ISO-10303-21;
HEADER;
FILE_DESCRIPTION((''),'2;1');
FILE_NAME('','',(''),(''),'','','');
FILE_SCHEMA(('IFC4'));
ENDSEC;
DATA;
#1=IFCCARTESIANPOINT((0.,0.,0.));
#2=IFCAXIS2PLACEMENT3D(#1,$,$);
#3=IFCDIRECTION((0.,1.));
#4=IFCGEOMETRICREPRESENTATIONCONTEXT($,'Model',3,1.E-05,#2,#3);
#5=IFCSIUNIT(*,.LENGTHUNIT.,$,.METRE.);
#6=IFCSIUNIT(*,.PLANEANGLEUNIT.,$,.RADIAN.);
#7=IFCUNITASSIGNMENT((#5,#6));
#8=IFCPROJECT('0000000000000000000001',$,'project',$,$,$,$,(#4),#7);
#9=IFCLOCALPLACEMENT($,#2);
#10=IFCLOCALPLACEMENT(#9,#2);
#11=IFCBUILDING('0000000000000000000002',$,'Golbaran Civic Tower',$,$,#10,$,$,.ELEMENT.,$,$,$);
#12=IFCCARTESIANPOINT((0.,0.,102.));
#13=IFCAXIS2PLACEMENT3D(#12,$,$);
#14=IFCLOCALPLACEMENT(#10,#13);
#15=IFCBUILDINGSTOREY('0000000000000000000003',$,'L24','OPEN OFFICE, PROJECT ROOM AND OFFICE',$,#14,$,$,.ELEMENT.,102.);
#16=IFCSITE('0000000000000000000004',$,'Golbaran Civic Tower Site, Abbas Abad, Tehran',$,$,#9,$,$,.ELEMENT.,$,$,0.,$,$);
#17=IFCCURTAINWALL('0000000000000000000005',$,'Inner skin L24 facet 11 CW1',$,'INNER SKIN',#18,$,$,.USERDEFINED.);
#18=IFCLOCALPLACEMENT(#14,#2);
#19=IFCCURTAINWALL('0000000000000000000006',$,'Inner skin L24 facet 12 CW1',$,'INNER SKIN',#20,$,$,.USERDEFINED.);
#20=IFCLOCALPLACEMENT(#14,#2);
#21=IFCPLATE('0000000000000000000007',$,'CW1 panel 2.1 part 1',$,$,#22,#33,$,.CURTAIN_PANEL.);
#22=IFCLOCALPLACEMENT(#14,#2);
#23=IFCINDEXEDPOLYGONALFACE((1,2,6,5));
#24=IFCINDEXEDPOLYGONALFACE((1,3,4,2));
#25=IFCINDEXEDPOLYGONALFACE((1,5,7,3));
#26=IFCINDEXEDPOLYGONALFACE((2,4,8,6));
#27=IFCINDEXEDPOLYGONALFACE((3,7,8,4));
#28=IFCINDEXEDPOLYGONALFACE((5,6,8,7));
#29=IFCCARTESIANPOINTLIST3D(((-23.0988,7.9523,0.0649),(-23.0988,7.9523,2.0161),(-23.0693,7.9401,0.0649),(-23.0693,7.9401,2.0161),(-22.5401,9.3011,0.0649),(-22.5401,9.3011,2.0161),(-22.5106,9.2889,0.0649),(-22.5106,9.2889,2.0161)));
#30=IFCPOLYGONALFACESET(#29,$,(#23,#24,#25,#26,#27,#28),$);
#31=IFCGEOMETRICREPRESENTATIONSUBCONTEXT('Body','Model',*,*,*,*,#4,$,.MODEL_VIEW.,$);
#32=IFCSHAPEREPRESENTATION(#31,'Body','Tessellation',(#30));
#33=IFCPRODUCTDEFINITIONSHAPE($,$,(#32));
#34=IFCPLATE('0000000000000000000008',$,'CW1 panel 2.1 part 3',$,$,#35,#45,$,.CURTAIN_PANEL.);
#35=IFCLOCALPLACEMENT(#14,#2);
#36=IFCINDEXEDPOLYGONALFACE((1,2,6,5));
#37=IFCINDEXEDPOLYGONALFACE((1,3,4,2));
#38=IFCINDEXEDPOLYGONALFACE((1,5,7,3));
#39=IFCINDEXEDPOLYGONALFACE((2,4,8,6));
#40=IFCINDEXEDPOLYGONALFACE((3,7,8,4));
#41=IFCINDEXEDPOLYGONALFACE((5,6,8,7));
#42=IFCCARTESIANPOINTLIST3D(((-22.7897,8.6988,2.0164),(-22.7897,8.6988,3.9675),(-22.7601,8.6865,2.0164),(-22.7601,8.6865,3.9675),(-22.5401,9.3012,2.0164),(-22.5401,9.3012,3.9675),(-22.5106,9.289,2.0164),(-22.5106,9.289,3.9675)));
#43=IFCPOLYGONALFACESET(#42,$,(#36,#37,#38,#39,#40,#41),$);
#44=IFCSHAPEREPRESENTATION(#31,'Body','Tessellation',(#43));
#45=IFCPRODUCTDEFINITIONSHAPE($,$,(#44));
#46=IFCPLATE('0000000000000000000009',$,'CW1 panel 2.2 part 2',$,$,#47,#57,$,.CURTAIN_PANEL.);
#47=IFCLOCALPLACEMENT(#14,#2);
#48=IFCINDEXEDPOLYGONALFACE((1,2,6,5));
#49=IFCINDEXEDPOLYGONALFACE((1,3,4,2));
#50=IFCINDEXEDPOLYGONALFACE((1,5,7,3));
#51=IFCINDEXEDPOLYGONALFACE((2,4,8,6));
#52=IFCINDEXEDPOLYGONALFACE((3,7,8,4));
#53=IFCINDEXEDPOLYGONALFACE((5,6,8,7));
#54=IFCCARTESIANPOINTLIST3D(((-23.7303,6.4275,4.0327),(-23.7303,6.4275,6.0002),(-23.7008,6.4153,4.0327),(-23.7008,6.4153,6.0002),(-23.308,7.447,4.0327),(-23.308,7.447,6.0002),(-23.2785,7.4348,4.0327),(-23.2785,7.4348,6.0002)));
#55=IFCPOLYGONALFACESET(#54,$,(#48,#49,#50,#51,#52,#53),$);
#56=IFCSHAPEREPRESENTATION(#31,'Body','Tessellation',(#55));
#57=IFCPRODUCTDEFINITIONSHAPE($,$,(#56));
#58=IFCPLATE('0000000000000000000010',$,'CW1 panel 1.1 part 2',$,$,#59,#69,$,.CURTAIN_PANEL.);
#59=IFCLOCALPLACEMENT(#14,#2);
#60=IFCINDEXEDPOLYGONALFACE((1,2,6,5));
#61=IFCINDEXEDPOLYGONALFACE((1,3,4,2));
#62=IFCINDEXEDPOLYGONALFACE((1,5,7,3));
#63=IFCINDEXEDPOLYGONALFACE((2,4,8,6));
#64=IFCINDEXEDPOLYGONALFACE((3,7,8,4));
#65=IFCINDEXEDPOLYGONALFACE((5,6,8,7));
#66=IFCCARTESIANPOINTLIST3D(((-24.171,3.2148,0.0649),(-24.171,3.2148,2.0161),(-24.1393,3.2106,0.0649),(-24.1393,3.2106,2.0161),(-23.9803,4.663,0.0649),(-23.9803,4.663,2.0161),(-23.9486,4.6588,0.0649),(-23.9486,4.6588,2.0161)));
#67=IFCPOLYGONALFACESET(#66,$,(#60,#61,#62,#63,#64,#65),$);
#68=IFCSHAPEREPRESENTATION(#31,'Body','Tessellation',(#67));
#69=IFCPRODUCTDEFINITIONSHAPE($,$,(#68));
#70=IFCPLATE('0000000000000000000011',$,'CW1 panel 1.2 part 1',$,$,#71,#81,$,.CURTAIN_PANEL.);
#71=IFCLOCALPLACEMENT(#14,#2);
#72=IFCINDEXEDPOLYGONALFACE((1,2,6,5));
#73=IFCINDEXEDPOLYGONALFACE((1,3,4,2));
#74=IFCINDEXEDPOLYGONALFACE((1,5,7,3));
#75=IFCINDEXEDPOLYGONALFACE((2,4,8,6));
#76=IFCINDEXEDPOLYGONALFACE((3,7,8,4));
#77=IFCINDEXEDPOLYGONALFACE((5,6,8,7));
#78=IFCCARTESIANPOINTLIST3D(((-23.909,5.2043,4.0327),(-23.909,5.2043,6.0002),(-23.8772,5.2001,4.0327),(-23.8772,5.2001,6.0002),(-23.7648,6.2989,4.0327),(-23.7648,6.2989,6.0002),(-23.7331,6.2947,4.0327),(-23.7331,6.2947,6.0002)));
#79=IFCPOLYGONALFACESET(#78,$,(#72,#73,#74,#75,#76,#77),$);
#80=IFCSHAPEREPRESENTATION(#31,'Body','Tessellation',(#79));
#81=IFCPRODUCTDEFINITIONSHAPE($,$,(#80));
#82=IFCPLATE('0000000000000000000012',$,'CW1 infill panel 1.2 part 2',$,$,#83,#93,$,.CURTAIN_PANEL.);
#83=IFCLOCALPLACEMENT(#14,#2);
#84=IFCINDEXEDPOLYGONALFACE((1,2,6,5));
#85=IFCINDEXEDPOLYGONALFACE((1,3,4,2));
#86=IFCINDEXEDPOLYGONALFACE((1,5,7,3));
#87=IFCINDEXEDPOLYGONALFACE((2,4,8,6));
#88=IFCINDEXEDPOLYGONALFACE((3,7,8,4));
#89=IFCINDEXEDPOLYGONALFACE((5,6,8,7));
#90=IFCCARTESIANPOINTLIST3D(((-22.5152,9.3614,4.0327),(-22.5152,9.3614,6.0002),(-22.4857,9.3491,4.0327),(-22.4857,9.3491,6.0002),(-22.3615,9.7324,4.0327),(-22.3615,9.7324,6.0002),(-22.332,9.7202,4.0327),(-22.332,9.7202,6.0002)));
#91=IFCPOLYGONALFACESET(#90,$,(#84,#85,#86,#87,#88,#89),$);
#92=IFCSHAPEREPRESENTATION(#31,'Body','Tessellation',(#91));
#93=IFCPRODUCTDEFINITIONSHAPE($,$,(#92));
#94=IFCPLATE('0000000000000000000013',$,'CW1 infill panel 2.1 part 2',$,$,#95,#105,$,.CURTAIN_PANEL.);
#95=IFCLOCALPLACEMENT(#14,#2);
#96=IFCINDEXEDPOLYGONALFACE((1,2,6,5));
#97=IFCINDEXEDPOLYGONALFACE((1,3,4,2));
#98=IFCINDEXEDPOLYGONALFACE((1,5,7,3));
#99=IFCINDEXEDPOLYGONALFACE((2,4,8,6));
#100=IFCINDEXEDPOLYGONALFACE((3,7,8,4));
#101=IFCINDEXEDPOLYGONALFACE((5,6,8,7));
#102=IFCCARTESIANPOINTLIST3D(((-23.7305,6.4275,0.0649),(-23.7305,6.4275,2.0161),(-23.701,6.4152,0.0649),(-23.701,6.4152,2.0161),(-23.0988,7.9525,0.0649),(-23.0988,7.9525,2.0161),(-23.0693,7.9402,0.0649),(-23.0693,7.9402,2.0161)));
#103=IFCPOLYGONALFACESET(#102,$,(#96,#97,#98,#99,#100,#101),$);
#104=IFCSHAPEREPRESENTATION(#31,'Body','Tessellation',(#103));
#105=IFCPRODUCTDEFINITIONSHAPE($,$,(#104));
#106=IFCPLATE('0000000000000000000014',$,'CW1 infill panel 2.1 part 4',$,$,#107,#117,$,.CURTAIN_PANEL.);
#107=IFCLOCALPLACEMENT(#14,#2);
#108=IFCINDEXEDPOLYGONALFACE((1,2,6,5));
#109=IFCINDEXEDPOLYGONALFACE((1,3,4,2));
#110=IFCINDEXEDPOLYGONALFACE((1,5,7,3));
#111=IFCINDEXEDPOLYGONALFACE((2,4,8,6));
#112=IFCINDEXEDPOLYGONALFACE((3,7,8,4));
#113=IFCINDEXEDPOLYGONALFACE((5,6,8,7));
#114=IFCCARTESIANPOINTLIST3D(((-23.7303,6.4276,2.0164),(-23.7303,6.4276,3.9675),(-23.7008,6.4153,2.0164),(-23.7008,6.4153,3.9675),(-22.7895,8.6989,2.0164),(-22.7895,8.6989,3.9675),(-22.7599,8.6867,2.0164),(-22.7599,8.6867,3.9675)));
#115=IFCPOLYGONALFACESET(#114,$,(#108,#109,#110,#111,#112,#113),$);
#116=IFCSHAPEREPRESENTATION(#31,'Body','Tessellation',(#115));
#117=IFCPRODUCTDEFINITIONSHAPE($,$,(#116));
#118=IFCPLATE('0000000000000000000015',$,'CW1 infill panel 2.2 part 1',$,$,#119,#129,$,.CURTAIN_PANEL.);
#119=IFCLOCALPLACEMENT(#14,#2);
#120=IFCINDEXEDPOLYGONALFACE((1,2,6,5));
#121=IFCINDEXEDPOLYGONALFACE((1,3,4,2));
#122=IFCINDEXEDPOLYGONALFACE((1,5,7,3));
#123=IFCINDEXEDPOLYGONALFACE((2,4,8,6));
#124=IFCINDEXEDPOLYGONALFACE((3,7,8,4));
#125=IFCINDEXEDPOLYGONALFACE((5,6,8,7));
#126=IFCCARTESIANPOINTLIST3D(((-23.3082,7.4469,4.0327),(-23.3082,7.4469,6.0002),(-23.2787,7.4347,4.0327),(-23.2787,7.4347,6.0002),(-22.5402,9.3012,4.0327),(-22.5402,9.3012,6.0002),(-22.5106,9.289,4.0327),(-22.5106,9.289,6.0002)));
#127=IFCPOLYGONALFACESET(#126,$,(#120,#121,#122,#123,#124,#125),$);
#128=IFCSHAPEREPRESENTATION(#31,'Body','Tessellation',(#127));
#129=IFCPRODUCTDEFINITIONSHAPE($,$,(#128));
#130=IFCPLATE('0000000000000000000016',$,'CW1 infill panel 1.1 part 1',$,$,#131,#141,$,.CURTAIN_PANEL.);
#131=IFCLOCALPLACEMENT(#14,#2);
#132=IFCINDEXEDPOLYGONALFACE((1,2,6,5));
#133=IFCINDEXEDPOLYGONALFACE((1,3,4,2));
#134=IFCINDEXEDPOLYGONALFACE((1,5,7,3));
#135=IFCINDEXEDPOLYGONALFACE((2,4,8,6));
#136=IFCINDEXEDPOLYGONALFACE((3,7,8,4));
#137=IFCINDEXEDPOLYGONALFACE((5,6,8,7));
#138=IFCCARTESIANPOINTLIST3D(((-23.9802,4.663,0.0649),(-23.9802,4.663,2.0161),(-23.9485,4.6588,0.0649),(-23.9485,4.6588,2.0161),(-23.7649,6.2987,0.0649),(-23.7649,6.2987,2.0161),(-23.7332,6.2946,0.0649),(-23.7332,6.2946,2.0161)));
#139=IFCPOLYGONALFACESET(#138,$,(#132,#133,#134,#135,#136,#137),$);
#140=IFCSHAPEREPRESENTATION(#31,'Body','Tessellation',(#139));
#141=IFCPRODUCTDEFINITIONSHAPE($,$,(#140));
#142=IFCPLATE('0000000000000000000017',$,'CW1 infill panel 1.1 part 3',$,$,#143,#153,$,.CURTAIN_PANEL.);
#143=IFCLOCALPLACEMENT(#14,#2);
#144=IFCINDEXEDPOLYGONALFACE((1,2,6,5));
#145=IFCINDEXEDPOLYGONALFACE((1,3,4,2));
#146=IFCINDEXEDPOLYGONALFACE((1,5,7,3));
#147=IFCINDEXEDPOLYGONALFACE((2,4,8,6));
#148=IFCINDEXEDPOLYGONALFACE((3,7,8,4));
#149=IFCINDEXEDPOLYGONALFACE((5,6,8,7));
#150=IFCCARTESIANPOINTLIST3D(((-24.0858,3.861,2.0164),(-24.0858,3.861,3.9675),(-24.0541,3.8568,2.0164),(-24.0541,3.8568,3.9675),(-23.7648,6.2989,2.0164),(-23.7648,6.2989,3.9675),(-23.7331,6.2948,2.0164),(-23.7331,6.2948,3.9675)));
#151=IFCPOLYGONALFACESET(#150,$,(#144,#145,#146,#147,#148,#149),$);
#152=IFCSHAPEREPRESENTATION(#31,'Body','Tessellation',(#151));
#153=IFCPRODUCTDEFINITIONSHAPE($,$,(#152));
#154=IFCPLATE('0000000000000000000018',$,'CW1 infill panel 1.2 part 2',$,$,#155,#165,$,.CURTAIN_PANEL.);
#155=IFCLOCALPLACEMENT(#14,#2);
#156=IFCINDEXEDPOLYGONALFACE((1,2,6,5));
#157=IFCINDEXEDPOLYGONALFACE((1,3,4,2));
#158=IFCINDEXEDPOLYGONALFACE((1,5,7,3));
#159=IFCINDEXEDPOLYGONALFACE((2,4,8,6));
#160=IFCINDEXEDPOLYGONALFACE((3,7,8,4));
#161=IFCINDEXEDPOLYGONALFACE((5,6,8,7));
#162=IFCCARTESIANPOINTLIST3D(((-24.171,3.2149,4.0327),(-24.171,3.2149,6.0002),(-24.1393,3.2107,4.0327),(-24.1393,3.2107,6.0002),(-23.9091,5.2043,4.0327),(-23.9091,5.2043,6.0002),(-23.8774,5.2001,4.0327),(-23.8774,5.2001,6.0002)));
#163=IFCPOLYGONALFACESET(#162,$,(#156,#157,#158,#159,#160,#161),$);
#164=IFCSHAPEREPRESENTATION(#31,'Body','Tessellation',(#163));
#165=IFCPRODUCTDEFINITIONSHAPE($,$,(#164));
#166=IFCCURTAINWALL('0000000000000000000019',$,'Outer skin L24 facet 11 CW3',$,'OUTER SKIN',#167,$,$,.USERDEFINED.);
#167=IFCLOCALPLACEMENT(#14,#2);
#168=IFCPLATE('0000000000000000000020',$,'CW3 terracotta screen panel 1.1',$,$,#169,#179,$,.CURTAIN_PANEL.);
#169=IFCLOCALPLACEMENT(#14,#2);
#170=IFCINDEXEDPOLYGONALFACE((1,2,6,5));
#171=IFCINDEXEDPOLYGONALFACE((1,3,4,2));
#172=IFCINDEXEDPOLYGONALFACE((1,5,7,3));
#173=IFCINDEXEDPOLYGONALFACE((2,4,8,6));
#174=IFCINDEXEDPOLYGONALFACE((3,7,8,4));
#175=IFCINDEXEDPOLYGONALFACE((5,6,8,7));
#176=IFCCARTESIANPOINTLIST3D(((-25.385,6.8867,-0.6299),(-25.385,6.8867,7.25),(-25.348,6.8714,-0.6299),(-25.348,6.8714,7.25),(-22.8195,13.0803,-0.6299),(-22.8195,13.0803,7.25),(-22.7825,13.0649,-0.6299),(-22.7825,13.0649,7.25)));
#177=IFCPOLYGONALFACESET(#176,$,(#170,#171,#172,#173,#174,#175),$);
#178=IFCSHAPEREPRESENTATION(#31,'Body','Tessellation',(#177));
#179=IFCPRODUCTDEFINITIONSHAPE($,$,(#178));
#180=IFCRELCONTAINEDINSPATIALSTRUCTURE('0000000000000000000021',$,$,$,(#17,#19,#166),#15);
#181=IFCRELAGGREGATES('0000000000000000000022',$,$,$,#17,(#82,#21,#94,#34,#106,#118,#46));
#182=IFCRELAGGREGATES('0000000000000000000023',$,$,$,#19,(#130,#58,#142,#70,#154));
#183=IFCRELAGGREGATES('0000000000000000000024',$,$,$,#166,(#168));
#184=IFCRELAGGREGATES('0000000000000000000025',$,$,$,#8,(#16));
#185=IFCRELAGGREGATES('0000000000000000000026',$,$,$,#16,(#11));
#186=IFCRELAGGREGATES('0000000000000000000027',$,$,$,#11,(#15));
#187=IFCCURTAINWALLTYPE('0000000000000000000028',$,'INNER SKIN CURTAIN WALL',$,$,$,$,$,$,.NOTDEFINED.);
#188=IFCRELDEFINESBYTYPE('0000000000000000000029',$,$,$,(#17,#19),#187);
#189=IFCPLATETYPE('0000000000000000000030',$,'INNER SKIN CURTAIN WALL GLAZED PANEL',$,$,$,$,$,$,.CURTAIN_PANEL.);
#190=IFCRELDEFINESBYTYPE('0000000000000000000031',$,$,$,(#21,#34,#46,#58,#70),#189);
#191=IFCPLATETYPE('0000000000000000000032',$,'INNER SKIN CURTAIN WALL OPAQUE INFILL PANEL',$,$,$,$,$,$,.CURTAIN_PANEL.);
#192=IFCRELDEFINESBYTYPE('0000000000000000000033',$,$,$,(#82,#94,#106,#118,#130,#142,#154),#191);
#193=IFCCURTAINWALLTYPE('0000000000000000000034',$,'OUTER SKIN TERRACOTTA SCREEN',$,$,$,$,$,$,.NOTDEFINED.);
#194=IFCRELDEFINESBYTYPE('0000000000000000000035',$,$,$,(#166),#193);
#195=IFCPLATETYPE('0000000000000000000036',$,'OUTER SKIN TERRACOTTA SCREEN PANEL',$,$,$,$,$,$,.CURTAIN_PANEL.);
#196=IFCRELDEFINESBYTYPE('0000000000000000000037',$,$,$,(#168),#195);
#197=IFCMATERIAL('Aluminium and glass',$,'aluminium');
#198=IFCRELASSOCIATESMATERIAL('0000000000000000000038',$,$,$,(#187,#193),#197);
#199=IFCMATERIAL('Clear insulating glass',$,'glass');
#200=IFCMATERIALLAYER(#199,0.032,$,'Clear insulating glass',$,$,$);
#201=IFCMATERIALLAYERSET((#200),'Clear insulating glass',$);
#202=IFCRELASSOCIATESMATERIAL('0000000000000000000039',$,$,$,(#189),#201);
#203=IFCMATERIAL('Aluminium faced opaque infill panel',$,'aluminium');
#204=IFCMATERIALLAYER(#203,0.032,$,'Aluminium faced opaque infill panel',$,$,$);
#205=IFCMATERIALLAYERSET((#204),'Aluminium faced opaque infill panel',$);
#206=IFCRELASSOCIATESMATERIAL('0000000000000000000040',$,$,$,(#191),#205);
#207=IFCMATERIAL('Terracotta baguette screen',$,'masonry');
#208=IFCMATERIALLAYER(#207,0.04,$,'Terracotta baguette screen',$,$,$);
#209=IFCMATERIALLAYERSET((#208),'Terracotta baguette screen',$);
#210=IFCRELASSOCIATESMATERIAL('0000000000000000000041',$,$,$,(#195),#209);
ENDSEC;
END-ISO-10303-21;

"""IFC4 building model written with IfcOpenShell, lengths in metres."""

from ifc_helpers import new_model, si_unit, direction, frame, origin, origin_2d, place, context, subcontext, project, spatial, rectangle, extrude, material, layer, layer_set, type_object, element, aggregate, save


model = new_model("IFC4")

# Units and contexts
model_context = context("Model", 3, precision=1e-05, world=origin(), true_north=direction((0.0, 1.0)))
body_context = subcontext(model_context, "Body", "Model", "MODEL_VIEW")
ifc_project = project(units=[si_unit("LENGTHUNIT", "METRE"), si_unit("PLANEANGLEUNIT", "RADIAN")], contexts=[model_context])

# Site, building, storey
site_placement = place(None, origin())
site = spatial("IfcSite", under=ifc_project, at=site_placement, Name="Golbaran Civic Tower Site, Abbas Abad, Tehran", CompositionType="ELEMENT", RefElevation=0.0)
building_placement = place(site_placement, origin())
building = spatial("IfcBuilding", under=site, at=building_placement, Name="Golbaran Civic Tower", CompositionType="ELEMENT")
storey_placement = place(building_placement, frame((0.0, 0.0, 102.0)))
storey = spatial("IfcBuildingStorey", under=building, at=storey_placement, Name="L24", Description="OPEN OFFICE, PROJECT ROOM AND OFFICE", CompositionType="ELEMENT", Elevation=102.0)

# Curtain wall
ifc_material_1 = material(Name="Aluminium and glass", Category="aluminium")
curtain_wall_type_1 = type_object("IfcCurtainWallType", Name="INNER SKIN CURTAIN WALL", PredefinedType="NOTDEFINED", material=ifc_material_1)
curtain_wall_1_placement = place(storey_placement, origin())
curtain_wall_1 = element("IfcCurtainWall", 1, at=curtain_wall_1_placement, inside=storey, type_object=curtain_wall_type_1, Name="Inner skin L24 facet 11 CW1", ObjectType="INNER SKIN", PredefinedType="USERDEFINED")

# Curtain wall
curtain_wall_2_placement = place(storey_placement, origin())
curtain_wall_2 = element("IfcCurtainWall", 2, at=curtain_wall_2_placement, inside=storey, type_object=curtain_wall_type_1, Name="Inner skin L24 facet 12 CW1", ObjectType="INNER SKIN", PredefinedType="USERDEFINED")

# Plates
ifc_material_2 = material(Name="Clear insulating glass", Category="glass")
ifc_layer_1 = layer(ifc_material_2, 0.032, Name="Clear insulating glass")
ifc_layer_set_1 = layer_set([ifc_layer_1], Name="Clear insulating glass")
plate_type_1 = type_object("IfcPlateType", Name="INNER SKIN CURTAIN WALL GLAZED PANEL", PredefinedType="CURTAIN_PANEL", material=ifc_layer_set_1)
plate_1_placement = place(storey_placement, frame((-22.8047, 8.6206, 0.0649), z_axis=(0.0, 0.0, 1.0), x_axis=(-0.382683, -0.92388, 0.0)))
plate_1 = element("IfcPlate", 3, at=plate_1_placement, type_object=plate_type_1, Name="CW1 panel 2.1 part 1", PredefinedType="CURTAIN_PANEL", context=body_context, shape_type="SweptSolid", body=[
    extrude(rectangle(XDim=1.46, YDim=0.032, at=origin_2d()), origin(), (0.0, 0.0, 1.0), 1.9512),
])
plate_2_placement = place(storey_placement, frame((-22.6501, 8.9939, 2.0164), z_axis=(0.0, 0.0, 1.0), x_axis=(-0.382683, -0.92388, 0.0)))
plate_2 = element("IfcPlate", 4, at=plate_2_placement, type_object=plate_type_1, Name="CW1 panel 2.1 part 3", PredefinedType="CURTAIN_PANEL", context=body_context, shape_type="SweptSolid", body=[
    extrude(rectangle(XDim=0.6521, YDim=0.032, at=origin_2d()), origin(), (0.0, 0.0, 1.0), 1.9512),
])
plate_3_placement = place(storey_placement, frame((-23.5044, 6.9312, 4.0327), z_axis=(0.0, 0.0, 1.0), x_axis=(-0.382683, -0.92388, 0.0)))
plate_3 = element("IfcPlate", 5, at=plate_3_placement, type_object=plate_type_1, Name="CW1 panel 2.2 part 2", PredefinedType="CURTAIN_PANEL", context=body_context, shape_type="SweptSolid", body=[
    extrude(rectangle(XDim=1.1035, YDim=0.032, at=origin_2d()), origin(), (0.0, 0.0, 1.0), 1.9675),
])
plate_4_placement = place(storey_placement, frame((-24.0598, 3.9368, 0.0649), z_axis=(0.0, 0.0, 1.0), x_axis=(-0.130526, -0.991445, 0.0)))
plate_4 = element("IfcPlate", 6, at=plate_4_placement, type_object=plate_type_1, Name="CW1 panel 1.1 part 2", PredefinedType="CURTAIN_PANEL", context=body_context, shape_type="SweptSolid", body=[
    extrude(rectangle(XDim=1.4607, YDim=0.032, at=origin_2d()), origin(), (0.0, 0.0, 1.0), 1.9512),
])
plate_5_placement = place(storey_placement, frame((-23.821, 5.7495, 4.0327), z_axis=(0.0, 0.0, 1.0), x_axis=(-0.130526, -0.991445, 0.0)))
plate_5 = element("IfcPlate", 7, at=plate_5_placement, type_object=plate_type_1, Name="CW1 panel 1.2 part 1", PredefinedType="CURTAIN_PANEL", context=body_context, shape_type="SweptSolid", body=[
    extrude(rectangle(XDim=1.104, YDim=0.032, at=origin_2d()), origin(), (0.0, 0.0, 1.0), 1.9675),
])
ifc_material_3 = material(Name="Aluminium faced opaque infill panel", Category="aluminium")
ifc_layer_2 = layer(ifc_material_3, 0.032, Name="Aluminium faced opaque infill panel")
ifc_layer_set_2 = layer_set([ifc_layer_2], Name="Aluminium faced opaque infill panel")
plate_type_2 = type_object("IfcPlateType", Name="INNER SKIN CURTAIN WALL OPAQUE INFILL PANEL", PredefinedType="CURTAIN_PANEL", material=ifc_layer_set_2)
plate_6_placement = place(storey_placement, frame((-22.4236, 9.5408, 4.0327), z_axis=(0.0, 0.0, 1.0), x_axis=(-0.382683, -0.92388, 0.0)))
plate_6 = element("IfcPlate", 8, at=plate_6_placement, type_object=plate_type_2, Name="CW1 infill panel 1.2 part 2", PredefinedType="CURTAIN_PANEL", context=body_context, shape_type="SweptSolid", body=[
    extrude(rectangle(XDim=0.4016, YDim=0.032, at=origin_2d()), origin(), (0.0, 0.0, 1.0), 1.9675),
])
plate_7_placement = place(storey_placement, frame((-23.3999, 7.1838, 0.0649), z_axis=(0.0, 0.0, 1.0), x_axis=(-0.382683, -0.92388, 0.0)))
plate_7 = element("IfcPlate", 9, at=plate_7_placement, type_object=plate_type_2, Name="CW1 infill panel 2.1 part 2", PredefinedType="CURTAIN_PANEL", context=body_context, shape_type="SweptSolid", body=[
    extrude(rectangle(XDim=1.6506, YDim=0.032, at=origin_2d()), origin(), (0.0, 0.0, 1.0), 1.9512),
])
plate_8_placement = place(storey_placement, frame((-23.2451, 7.5571, 2.0164), z_axis=(0.0, 0.0, 1.0), x_axis=(-0.382683, -0.92388, 0.0)))
plate_8 = element("IfcPlate", 10, at=plate_8_placement, type_object=plate_type_2, Name="CW1 infill panel 2.1 part 4", PredefinedType="CURTAIN_PANEL", context=body_context, shape_type="SweptSolid", body=[
    extrude(rectangle(XDim=2.4585, YDim=0.032, at=origin_2d()), origin(), (0.0, 0.0, 1.0), 1.9512),
])
plate_9_placement = place(storey_placement, frame((-22.9094, 8.3679, 4.0327), z_axis=(0.0, 0.0, 1.0), x_axis=(-0.382683, -0.92388, 0.0)))
plate_9 = element("IfcPlate", 11, at=plate_9_placement, type_object=plate_type_2, Name="CW1 infill panel 2.2 part 1", PredefinedType="CURTAIN_PANEL", context=body_context, shape_type="SweptSolid", body=[
    extrude(rectangle(XDim=2.0071, YDim=0.032, at=origin_2d()), origin(), (0.0, 0.0, 1.0), 1.9675),
])
aggregate(curtain_wall_1, [plate_6, plate_1, plate_7, plate_2, plate_8, plate_9, plate_3])
plate_10_placement = place(storey_placement, frame((-23.8567, 5.4788, 0.0649), z_axis=(0.0, 0.0, 1.0), x_axis=(-0.130526, -0.991445, 0.0)))
plate_10 = element("IfcPlate", 12, at=plate_10_placement, type_object=plate_type_2, Name="CW1 infill panel 1.1 part 1", PredefinedType="CURTAIN_PANEL", context=body_context, shape_type="SweptSolid", body=[
    extrude(rectangle(XDim=1.6499, YDim=0.032, at=origin_2d()), origin(), (0.0, 0.0, 1.0), 1.9512),
])
plate_11_placement = place(storey_placement, frame((-23.9094, 5.0779, 2.0164), z_axis=(0.0, 0.0, 1.0), x_axis=(-0.130526, -0.991445, 0.0)))
plate_11 = element("IfcPlate", 13, at=plate_11_placement, type_object=plate_type_2, Name="CW1 infill panel 1.1 part 3", PredefinedType="CURTAIN_PANEL", context=body_context, shape_type="SweptSolid", body=[
    extrude(rectangle(XDim=2.459, YDim=0.032, at=origin_2d()), origin(), (0.0, 0.0, 1.0), 1.9512),
])
plate_12_placement = place(storey_placement, frame((-24.0242, 4.2075, 4.0327), z_axis=(0.0, 0.0, 1.0), x_axis=(-0.130526, -0.991445, 0.0)))
plate_12 = element("IfcPlate", 14, at=plate_12_placement, type_object=plate_type_2, Name="CW1 infill panel 1.2 part 2", PredefinedType="CURTAIN_PANEL", context=body_context, shape_type="SweptSolid", body=[
    extrude(rectangle(XDim=2.0066, YDim=0.032, at=origin_2d()), origin(), (0.0, 0.0, 1.0), 1.9675),
])
aggregate(curtain_wall_2, [plate_10, plate_4, plate_11, plate_5, plate_12])

# Curtain wall, plate
curtain_wall_type_2 = type_object("IfcCurtainWallType", Name="OUTER SKIN TERRACOTTA SCREEN", PredefinedType="NOTDEFINED", material=ifc_material_1)
curtain_wall_3_placement = place(storey_placement, origin())
curtain_wall_3 = element("IfcCurtainWall", 15, at=curtain_wall_3_placement, inside=storey, type_object=curtain_wall_type_2, Name="Outer skin L24 facet 11 CW3", ObjectType="OUTER SKIN", PredefinedType="USERDEFINED")
ifc_material_4 = material(Name="Terracotta baguette screen", Category="masonry")
ifc_layer_3 = layer(ifc_material_4, 0.04, Name="Terracotta baguette screen")
ifc_layer_set_3 = layer_set([ifc_layer_3], Name="Terracotta baguette screen")
plate_type_3 = type_object("IfcPlateType", Name="OUTER SKIN TERRACOTTA SCREEN PANEL", PredefinedType="CURTAIN_PANEL", material=ifc_layer_set_3)
plate_13_placement = place(storey_placement, frame((-24.0837, 9.9758, -0.6299), z_axis=(0.0, 0.0, 1.0), x_axis=(-0.382683, -0.92388, 0.0)))
plate_13 = element("IfcPlate", 16, at=plate_13_placement, type_object=plate_type_3, Name="CW3 terracotta screen panel 1.1", PredefinedType="CURTAIN_PANEL", context=body_context, shape_type="SweptSolid", body=[
    extrude(rectangle(XDim=6.7039, YDim=0.04, at=origin_2d()), origin(), (0.0, 0.0, 1.0), 7.8799),
])
aggregate(curtain_wall_3, [plate_13])

save(model, "model.ifc")
